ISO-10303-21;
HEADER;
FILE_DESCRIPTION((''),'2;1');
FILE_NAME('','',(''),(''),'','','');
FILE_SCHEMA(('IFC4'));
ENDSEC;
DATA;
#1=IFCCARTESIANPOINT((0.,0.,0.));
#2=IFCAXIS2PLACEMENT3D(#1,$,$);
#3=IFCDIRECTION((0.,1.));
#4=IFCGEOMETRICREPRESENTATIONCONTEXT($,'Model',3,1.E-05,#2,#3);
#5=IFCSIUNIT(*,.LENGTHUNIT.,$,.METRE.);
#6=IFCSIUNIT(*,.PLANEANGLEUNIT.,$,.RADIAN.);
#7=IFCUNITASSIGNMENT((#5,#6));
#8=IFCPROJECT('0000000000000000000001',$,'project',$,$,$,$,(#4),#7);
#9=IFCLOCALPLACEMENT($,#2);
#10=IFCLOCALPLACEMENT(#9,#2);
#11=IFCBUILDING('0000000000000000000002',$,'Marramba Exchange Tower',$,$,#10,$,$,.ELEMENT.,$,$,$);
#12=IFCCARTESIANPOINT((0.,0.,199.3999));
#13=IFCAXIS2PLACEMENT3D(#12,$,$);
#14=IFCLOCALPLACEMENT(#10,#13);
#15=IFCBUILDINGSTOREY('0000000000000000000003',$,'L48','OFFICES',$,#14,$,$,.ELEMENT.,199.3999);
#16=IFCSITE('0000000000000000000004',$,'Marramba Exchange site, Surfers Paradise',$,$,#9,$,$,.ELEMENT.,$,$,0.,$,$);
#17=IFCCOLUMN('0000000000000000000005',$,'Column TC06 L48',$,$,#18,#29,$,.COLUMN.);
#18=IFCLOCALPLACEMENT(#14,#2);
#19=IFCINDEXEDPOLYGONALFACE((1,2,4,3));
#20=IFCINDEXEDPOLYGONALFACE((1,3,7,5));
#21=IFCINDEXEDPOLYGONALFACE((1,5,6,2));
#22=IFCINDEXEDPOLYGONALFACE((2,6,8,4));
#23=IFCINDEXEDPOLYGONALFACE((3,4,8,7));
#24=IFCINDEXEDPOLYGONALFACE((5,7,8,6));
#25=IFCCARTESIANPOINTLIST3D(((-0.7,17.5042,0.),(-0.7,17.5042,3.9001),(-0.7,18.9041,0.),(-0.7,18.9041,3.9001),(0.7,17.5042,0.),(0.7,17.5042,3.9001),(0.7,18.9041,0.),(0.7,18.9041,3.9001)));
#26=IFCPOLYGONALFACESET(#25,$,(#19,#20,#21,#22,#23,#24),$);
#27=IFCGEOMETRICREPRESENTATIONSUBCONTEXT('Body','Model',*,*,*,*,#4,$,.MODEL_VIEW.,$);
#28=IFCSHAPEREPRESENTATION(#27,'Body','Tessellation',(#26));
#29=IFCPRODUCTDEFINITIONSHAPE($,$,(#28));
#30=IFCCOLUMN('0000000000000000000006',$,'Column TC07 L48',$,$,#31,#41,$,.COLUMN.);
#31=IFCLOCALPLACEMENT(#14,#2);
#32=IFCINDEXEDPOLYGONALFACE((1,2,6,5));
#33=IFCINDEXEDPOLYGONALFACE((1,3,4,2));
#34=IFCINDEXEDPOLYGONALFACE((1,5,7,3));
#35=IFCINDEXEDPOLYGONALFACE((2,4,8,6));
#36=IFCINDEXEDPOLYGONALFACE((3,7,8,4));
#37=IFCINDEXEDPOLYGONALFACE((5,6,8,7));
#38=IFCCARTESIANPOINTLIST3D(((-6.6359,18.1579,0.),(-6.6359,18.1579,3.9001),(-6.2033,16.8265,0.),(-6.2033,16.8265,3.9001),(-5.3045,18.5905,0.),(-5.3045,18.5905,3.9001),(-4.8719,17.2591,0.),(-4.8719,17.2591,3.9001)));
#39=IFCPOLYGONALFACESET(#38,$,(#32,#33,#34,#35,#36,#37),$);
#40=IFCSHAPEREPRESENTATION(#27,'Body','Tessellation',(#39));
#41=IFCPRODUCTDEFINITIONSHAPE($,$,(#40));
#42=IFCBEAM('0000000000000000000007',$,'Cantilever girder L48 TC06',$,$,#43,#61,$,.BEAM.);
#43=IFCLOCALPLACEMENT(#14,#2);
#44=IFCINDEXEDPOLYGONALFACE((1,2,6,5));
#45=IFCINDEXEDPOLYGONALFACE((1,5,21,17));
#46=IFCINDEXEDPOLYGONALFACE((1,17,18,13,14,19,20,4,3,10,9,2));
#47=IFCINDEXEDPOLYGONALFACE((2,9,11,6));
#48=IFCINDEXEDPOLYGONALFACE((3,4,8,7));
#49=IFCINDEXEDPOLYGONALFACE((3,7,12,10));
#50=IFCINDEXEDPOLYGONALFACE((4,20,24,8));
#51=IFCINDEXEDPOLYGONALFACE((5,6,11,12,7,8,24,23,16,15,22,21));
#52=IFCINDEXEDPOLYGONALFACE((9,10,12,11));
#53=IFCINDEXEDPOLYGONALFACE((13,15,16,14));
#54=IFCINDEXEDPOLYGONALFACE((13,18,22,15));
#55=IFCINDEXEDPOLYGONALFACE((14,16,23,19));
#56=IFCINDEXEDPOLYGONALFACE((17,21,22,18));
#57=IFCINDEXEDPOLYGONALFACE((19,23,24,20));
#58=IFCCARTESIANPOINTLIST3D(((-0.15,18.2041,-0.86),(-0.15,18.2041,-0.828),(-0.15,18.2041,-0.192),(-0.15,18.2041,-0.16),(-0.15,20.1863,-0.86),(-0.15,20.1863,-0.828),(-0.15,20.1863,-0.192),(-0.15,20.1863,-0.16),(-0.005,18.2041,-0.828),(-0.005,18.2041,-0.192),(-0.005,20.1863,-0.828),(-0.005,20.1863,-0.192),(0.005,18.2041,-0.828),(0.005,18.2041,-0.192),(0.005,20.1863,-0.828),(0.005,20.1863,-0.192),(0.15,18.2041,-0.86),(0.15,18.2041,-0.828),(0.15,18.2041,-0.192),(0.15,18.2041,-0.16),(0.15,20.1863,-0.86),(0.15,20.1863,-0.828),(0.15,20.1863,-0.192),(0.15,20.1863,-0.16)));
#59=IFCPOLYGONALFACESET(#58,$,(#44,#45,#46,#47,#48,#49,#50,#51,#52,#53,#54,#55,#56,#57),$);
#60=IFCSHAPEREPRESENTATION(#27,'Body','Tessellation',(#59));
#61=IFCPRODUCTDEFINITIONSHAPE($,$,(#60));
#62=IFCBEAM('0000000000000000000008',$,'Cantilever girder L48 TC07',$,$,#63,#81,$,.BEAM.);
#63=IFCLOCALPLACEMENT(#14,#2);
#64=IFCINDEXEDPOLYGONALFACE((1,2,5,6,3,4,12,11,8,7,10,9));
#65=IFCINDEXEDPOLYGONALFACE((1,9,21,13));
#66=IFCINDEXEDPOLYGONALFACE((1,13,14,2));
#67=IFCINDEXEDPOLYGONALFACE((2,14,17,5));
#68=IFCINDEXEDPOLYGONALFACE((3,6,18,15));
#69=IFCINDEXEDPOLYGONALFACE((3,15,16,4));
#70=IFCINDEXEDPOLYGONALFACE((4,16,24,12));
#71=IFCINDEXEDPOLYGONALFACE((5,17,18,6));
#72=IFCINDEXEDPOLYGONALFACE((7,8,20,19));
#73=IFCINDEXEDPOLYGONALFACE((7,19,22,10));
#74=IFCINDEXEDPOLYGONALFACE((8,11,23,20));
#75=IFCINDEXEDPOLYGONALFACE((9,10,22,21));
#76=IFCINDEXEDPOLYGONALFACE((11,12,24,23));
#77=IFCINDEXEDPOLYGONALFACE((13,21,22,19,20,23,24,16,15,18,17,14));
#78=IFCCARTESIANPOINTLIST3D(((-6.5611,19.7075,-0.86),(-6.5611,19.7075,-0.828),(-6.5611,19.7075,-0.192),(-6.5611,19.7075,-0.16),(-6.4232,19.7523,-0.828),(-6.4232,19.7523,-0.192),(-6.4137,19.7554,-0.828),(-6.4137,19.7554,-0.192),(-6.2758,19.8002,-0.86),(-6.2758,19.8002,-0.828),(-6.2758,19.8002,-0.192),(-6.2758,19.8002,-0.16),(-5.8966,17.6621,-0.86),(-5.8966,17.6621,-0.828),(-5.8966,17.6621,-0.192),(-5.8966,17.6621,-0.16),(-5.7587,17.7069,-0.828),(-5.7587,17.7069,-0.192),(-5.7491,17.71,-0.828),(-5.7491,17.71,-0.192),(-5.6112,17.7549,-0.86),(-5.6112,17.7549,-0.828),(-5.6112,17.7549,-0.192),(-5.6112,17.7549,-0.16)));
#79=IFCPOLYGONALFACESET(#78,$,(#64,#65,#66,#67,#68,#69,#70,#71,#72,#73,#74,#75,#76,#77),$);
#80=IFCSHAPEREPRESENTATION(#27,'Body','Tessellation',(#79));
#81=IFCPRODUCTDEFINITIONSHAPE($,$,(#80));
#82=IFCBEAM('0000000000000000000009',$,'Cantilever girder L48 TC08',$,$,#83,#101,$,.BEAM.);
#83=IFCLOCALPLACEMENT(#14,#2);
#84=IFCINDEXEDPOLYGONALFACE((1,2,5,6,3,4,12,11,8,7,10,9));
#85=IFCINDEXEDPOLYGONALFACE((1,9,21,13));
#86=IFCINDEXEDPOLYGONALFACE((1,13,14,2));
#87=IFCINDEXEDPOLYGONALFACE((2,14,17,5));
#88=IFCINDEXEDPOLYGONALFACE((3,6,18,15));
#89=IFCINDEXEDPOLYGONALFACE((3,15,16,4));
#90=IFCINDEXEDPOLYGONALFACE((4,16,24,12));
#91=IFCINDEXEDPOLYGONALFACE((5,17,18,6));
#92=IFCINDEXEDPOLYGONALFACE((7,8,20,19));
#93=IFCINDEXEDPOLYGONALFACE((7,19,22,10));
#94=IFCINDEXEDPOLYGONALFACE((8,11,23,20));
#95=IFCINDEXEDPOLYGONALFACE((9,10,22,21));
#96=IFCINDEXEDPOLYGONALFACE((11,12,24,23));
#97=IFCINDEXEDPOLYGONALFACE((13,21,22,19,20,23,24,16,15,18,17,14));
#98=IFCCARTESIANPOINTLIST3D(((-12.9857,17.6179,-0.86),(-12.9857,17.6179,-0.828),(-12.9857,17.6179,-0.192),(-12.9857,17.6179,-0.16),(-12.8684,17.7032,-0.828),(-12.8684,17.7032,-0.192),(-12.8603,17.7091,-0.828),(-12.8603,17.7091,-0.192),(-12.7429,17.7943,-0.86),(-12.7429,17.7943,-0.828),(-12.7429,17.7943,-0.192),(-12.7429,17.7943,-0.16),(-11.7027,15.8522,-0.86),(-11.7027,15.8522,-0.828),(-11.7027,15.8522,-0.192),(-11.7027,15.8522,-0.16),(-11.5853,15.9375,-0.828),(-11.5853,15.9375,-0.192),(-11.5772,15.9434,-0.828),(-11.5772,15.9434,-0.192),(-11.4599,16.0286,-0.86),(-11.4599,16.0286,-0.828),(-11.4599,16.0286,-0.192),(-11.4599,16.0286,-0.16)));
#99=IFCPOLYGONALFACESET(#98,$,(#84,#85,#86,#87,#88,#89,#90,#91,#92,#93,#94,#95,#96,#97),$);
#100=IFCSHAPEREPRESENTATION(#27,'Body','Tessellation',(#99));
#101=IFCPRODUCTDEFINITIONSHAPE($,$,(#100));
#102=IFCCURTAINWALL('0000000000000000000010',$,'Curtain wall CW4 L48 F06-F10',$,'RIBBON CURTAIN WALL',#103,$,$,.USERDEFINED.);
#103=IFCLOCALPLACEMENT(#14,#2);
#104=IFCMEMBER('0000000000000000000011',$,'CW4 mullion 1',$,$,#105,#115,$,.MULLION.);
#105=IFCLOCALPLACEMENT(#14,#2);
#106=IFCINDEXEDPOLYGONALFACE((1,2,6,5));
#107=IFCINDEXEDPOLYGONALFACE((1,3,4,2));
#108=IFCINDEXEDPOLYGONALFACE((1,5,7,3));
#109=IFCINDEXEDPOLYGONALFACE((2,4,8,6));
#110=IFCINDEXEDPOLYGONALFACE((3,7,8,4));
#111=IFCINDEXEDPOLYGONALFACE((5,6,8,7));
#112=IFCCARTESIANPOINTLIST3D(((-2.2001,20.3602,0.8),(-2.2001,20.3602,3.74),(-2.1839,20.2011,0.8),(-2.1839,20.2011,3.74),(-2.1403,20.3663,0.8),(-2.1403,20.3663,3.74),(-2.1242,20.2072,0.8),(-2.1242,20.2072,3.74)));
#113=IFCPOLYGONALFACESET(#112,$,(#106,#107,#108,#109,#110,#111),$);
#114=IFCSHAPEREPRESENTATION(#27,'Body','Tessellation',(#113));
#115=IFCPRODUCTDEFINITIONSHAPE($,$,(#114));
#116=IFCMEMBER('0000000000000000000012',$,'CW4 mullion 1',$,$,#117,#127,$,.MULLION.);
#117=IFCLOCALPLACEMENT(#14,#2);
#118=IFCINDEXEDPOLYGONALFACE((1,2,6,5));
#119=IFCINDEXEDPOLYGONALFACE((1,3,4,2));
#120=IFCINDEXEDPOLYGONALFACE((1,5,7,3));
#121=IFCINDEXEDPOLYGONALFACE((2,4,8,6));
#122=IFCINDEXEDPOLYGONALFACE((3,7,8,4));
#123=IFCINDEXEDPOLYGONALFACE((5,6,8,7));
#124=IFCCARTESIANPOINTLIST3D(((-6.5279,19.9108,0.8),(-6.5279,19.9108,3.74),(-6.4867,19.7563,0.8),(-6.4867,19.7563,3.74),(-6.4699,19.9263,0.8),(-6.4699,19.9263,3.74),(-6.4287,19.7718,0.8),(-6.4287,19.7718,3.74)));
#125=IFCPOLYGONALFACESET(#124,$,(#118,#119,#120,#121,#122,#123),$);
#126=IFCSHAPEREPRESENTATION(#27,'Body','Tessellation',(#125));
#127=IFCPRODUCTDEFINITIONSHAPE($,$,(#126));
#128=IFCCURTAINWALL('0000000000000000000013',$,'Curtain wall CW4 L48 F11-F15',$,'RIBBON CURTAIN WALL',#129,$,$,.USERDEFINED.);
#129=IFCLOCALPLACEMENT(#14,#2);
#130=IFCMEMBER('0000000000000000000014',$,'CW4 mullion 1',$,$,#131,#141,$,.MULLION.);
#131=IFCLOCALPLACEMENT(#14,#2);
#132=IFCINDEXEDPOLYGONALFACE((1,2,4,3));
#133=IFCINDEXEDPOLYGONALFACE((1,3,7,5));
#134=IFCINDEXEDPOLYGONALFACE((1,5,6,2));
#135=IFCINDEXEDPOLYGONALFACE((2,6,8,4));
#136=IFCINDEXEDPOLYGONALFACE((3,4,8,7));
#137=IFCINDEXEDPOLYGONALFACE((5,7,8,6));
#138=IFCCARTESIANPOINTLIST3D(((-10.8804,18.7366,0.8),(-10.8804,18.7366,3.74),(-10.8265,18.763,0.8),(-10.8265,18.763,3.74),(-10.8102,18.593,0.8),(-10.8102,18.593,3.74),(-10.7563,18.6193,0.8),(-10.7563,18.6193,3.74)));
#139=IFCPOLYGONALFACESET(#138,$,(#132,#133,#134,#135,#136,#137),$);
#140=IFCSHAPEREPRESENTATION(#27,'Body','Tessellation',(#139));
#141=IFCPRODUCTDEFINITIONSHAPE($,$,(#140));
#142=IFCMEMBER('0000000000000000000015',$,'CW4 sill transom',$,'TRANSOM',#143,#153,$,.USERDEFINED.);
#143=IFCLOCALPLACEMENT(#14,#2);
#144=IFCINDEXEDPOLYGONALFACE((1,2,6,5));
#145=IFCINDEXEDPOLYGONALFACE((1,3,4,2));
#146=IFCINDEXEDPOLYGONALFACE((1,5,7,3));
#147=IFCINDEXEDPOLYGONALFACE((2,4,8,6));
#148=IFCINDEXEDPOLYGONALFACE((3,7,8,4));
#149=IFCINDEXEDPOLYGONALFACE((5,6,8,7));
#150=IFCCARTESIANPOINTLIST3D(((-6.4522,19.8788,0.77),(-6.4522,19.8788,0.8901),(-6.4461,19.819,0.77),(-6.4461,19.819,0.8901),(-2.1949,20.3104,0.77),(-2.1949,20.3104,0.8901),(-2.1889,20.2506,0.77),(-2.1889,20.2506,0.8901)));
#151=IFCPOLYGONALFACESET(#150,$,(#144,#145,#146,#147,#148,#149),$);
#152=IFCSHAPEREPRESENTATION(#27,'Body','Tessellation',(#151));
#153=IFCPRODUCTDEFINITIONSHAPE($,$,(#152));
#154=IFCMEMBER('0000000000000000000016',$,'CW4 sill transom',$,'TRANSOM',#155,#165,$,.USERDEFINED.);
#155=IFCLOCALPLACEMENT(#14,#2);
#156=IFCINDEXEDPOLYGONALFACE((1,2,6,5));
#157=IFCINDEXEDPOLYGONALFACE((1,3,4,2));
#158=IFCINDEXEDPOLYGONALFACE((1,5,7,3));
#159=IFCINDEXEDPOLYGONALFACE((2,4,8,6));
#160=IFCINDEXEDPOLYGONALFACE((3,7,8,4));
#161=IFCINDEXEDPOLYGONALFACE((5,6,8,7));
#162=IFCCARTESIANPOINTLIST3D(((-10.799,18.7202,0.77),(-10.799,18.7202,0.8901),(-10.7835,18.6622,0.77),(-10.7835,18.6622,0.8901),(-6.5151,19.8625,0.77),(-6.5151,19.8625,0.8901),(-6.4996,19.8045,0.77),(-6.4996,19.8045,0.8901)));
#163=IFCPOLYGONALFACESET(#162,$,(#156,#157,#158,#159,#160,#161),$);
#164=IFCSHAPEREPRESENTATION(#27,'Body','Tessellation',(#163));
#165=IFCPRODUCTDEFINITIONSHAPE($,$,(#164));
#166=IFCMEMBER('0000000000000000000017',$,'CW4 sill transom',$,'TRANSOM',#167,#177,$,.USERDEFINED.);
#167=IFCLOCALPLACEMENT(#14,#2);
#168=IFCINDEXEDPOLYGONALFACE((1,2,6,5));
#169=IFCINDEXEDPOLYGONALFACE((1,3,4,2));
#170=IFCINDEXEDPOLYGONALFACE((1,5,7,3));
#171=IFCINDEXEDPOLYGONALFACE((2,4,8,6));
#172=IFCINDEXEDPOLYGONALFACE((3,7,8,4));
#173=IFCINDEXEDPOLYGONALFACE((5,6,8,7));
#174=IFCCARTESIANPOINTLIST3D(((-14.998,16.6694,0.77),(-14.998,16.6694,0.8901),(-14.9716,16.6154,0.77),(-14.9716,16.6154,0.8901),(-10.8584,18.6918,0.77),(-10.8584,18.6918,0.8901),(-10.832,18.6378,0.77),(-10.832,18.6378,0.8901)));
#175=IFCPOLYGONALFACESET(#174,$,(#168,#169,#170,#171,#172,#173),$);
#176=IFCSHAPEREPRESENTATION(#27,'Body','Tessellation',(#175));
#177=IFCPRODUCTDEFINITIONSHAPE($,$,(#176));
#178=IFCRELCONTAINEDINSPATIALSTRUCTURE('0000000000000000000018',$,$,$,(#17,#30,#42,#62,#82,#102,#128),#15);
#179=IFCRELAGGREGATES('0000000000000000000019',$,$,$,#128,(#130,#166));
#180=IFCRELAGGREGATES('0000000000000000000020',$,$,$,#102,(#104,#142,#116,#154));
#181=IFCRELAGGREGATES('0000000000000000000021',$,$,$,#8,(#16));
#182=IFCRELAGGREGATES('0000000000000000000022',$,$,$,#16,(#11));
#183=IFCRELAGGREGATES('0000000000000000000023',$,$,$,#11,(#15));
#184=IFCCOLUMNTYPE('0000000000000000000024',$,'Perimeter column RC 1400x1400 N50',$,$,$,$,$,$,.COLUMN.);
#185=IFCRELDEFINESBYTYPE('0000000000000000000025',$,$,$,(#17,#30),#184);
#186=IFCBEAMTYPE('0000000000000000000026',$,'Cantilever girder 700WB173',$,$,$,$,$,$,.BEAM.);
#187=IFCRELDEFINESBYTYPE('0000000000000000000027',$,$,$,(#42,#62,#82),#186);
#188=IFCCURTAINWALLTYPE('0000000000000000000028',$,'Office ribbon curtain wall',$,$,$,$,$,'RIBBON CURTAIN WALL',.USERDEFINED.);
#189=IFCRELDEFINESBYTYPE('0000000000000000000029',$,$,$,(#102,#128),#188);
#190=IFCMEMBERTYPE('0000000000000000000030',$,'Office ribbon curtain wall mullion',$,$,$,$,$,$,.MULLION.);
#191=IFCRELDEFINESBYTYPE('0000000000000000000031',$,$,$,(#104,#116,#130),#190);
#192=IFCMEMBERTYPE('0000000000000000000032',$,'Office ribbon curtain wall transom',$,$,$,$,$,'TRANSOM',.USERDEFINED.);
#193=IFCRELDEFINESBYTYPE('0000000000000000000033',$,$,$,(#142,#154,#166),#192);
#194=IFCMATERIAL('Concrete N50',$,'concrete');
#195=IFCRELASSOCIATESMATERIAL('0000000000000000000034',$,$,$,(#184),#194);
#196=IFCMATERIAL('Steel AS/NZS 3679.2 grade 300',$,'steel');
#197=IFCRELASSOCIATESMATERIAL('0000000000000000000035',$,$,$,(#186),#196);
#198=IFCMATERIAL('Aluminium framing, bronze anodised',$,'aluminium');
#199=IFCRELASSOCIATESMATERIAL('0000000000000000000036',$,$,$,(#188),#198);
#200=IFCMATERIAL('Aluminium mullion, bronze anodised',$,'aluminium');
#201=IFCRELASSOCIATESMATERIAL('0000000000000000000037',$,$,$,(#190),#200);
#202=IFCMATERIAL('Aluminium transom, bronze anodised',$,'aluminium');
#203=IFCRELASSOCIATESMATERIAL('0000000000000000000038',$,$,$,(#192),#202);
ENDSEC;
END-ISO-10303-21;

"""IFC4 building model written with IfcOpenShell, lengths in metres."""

from ifc_helpers import new_model, si_unit, direction, frame, origin, origin_2d, place, context, subcontext, project, spatial, rectangle, i_section, extrude, material, material_profile, profile_set, type_object, element, aggregate, save


model = new_model("IFC4")

# Units and contexts
model_context = context("Model", 3, precision=1e-05, world=origin(), true_north=direction((0.0, 1.0)))
body_context = subcontext(model_context, "Body", "Model", "MODEL_VIEW")
ifc_project = project(units=[si_unit("LENGTHUNIT", "METRE"), si_unit("PLANEANGLEUNIT", "RADIAN")], contexts=[model_context])

# Site, building, storey
site_placement = place(None, origin())
site = spatial("IfcSite", under=ifc_project, at=site_placement, Name="Marramba Exchange site, Surfers Paradise", CompositionType="ELEMENT", RefElevation=0.0)
building_placement = place(site_placement, origin())
building = spatial("IfcBuilding", under=site, at=building_placement, Name="Marramba Exchange Tower", CompositionType="ELEMENT")
storey_placement = place(building_placement, frame((0.0, 0.0, 199.3999)))
storey = spatial("IfcBuildingStorey", under=building, at=storey_placement, Name="L48", Description="OFFICES", CompositionType="ELEMENT", Elevation=199.3999)

# Columns
ifc_material_1 = material(Name="Concrete N50", Category="concrete")
ifc_material_profile_1 = material_profile(ifc_material_1, rectangle(XDim=1.3999, YDim=1.3999, at=origin_2d()), Name="RC 1400x1400")
ifc_profile_set_1 = profile_set([ifc_material_profile_1], Name="Concrete N50")
column_type = type_object("IfcColumnType", Name="Perimeter column RC 1400x1400 N50", PredefinedType="COLUMN", material=ifc_profile_set_1)
for number, where, z_axis, x_axis, name in (
    (1, (0.0, 18.2041, 0.0), (0.0, 0.0, 1.0), (0.0, 1.0, 0.0), "Column TC06 L48"),
    (2, (-5.7539, 17.7085, 0.0), (0.0, 0.0, 1.0), (-0.309017, 0.951057, 0.0), "Column TC07 L48"),
):
    element("IfcColumn", number, at=place(storey_placement, frame(where, z_axis=z_axis, x_axis=x_axis)), inside=storey, type_object=column_type, Name=name, PredefinedType="COLUMN", context=body_context, shape_type="SweptSolid", body=[
        extrude(rectangle(XDim=1.3999, YDim=1.3999, at=origin_2d()), origin(), (0.0, 0.0, 1.0), 3.9001),
    ])

# Beams
ifc_material_2 = material(Name="Steel AS/NZS 3679.2 grade 300", Category="steel")
ifc_material_profile_2 = material_profile(ifc_material_2, i_section(OverallWidth=0.3, OverallDepth=0.7, WebThickness=0.01, FlangeThickness=0.032, at=origin_2d()), Name="700WB173")
ifc_profile_set_2 = profile_set([ifc_material_profile_2], Name="Steel AS/NZS 3679.2 grade 300")
beam_type_1 = type_object("IfcBeamType", Name="Cantilever girder 700WB173", PredefinedType="BEAM", material=ifc_profile_set_2)
beam_1_placement = place(storey_placement, frame((0.0, 18.2041, -0.51), z_axis=(0.0, 1.0, 0.0), x_axis=(-1.0, 0.0, 0.0)))
element("IfcBeam", 3, at=beam_1_placement, inside=storey, type_object=beam_type_1, Name="Cantilever girder L48 TC06", PredefinedType="BEAM", context=body_context, shape_type="SweptSolid", body=[
    extrude(i_section(OverallWidth=0.3, OverallDepth=0.7, WebThickness=0.01, FlangeThickness=0.032, at=origin_2d()), origin(), (0.0, 0.0, 1.0), 1.9822),
])
beam_2_placement = place(storey_placement, frame((-5.7539, 17.7085, -0.51), z_axis=(-0.308999, 0.951062, 0.0), x_axis=(-0.951062, -0.308999, 0.0)))
element("IfcBeam", 4, at=beam_2_placement, inside=storey, type_object=beam_type_1, Name="Cantilever girder L48 TC07", PredefinedType="BEAM", context=body_context, shape_type="SweptSolid", body=[
    extrude(i_section(OverallWidth=0.3, OverallDepth=0.7, WebThickness=0.01, FlangeThickness=0.032, at=origin_2d()), origin(), (0.0, 0.0, 1.0), 2.1506),
])
beam_3_placement = place(storey_placement, frame((-11.5813, 15.9404, -0.51), z_axis=(-0.587832, 0.808983, 0.0), x_axis=(-0.808983, -0.587832, 0.0)))
element("IfcBeam", 5, at=beam_3_placement, inside=storey, type_object=beam_type_1, Name="Cantilever girder L48 TC08", PredefinedType="BEAM", context=body_context, shape_type="SweptSolid", body=[
    extrude(i_section(OverallWidth=0.3, OverallDepth=0.7, WebThickness=0.01, FlangeThickness=0.032, at=origin_2d()), origin(), (0.0, 0.0, 1.0), 2.1826),
])

# Curtain wall, members
ifc_material_3 = material(Name="Aluminium framing, bronze anodised", Category="aluminium")
curtain_wall_type = type_object("IfcCurtainWallType", Name="Office ribbon curtain wall", ElementType="RIBBON CURTAIN WALL", PredefinedType="USERDEFINED", material=ifc_material_3)
curtain_wall_1_placement = place(storey_placement, origin())
curtain_wall_1 = element("IfcCurtainWall", 6, at=curtain_wall_1_placement, inside=storey, type_object=curtain_wall_type, Name="Curtain wall CW4 L48 F06-F10", ObjectType="RIBBON CURTAIN WALL", PredefinedType="USERDEFINED")
ifc_material_4 = material(Name="Aluminium mullion, bronze anodised", Category="aluminium")
ifc_material_profile_3 = material_profile(ifc_material_4, rectangle(XDim=0.1599, YDim=0.0601, at=origin_2d()), Name="CW4 mullion 60x160")
ifc_profile_set_3 = profile_set([ifc_material_profile_3], Name="Aluminium mullion, bronze anodised")
member_type_1 = type_object("IfcMemberType", Name="Office ribbon curtain wall mullion", PredefinedType="MULLION", material=ifc_profile_set_3)
member_1_placement = place(storey_placement, frame((-2.1621, 20.2837, 0.8), z_axis=(0.0, 0.0, 1.0), x_axis=(0.100863, -0.9949, 0.0)))
member_1 = element("IfcMember", 7, at=member_1_placement, type_object=member_type_1, Name="CW4 mullion 1", PredefinedType="MULLION", context=body_context, shape_type="SweptSolid", body=[
    extrude(rectangle(XDim=0.1599, YDim=0.0601, at=origin_2d()), origin(), (0.0, 0.0, 1.0), 2.9399),
])
member_2_placement = place(storey_placement, frame((-6.4783, 19.8413, 0.8), z_axis=(0.0, 0.0, 1.0), x_axis=(0.257641, -0.966241, 0.0)))
member_2 = element("IfcMember", 8, at=member_2_placement, type_object=member_type_1, Name="CW4 mullion 1", PredefinedType="MULLION", context=body_context, shape_type="SweptSolid", body=[
    extrude(rectangle(XDim=0.1599, YDim=0.0601, at=origin_2d()), origin(), (0.0, 0.0, 1.0), 2.9399),
])

# Curtain wall, member
curtain_wall_2_placement = place(storey_placement, origin())
curtain_wall_2 = element("IfcCurtainWall", 9, at=curtain_wall_2_placement, inside=storey, type_object=curtain_wall_type, Name="Curtain wall CW4 L48 F11-F15", ObjectType="RIBBON CURTAIN WALL", PredefinedType="USERDEFINED")
member_3_placement = place(storey_placement, frame((-10.8184, 18.678, 0.8), z_axis=(0.0, 0.0, 1.0), x_axis=(0.438972, -0.898501, 0.0)))
member_3 = element("IfcMember", 10, at=member_3_placement, type_object=member_type_1, Name="CW4 mullion 1", PredefinedType="MULLION", context=body_context, shape_type="SweptSolid", body=[
    extrude(rectangle(XDim=0.1599, YDim=0.0601, at=origin_2d()), origin(), (0.0, 0.0, 1.0), 2.9399),
])

# Members
ifc_material_5 = material(Name="Aluminium transom, bronze anodised", Category="aluminium")
ifc_material_profile_4 = material_profile(ifc_material_5, rectangle(XDim=0.0601, YDim=0.1201, at=origin_2d()), Name="CW4 transom 60x120")
ifc_profile_set_4 = profile_set([ifc_material_profile_4], Name="Aluminium transom, bronze anodised")
member_type_2 = type_object("IfcMemberType", Name="Office ribbon curtain wall transom", ElementType="TRANSOM", PredefinedType="USERDEFINED", material=ifc_profile_set_4)
member_4_placement = place(storey_placement, frame((-2.1919, 20.2805, 0.8301), z_axis=(-0.9949, -0.100871, 0.0), x_axis=(0.100871, -0.9949, 0.0)))
member_4 = element("IfcMember", 11, at=member_4_placement, type_object=member_type_2, Name="CW4 sill transom", ObjectType="TRANSOM", PredefinedType="USERDEFINED", context=body_context, shape_type="SweptSolid", body=[
    extrude(rectangle(XDim=0.0601, YDim=0.1201, at=origin_2d()), origin(), (0.0, 0.0, 1.0), 4.2791),
])
member_5_placement = place(storey_placement, frame((-6.5073, 19.8335, 0.8301), z_axis=(-0.966238, -0.257652, 0.0), x_axis=(0.257652, -0.966238, 0.0)))
member_5 = element("IfcMember", 12, at=member_5_placement, type_object=member_type_2, Name="CW4 sill transom", ObjectType="TRANSOM", PredefinedType="USERDEFINED", context=body_context, shape_type="SweptSolid", body=[
    extrude(rectangle(XDim=0.0601, YDim=0.1201, at=origin_2d()), origin(), (0.0, 0.0, 1.0), 4.4336),
])
member_6_placement = place(storey_placement, frame((-10.8452, 18.6648, 0.8301), z_axis=(-0.898501, -0.438971, 0.0), x_axis=(0.438971, -0.898501, 0.0)))
member_6 = element("IfcMember", 13, at=member_6_placement, type_object=member_type_2, Name="CW4 sill transom", ObjectType="TRANSOM", PredefinedType="USERDEFINED", context=body_context, shape_type="SweptSolid", body=[
    extrude(rectangle(XDim=0.0601, YDim=0.1201, at=origin_2d()), origin(), (0.0, 0.0, 1.0), 4.6072),
])
aggregate(curtain_wall_2, [member_3, member_6])

aggregate(curtain_wall_1, [member_1, member_4, member_2, member_5])

save(model, "model.ifc")
